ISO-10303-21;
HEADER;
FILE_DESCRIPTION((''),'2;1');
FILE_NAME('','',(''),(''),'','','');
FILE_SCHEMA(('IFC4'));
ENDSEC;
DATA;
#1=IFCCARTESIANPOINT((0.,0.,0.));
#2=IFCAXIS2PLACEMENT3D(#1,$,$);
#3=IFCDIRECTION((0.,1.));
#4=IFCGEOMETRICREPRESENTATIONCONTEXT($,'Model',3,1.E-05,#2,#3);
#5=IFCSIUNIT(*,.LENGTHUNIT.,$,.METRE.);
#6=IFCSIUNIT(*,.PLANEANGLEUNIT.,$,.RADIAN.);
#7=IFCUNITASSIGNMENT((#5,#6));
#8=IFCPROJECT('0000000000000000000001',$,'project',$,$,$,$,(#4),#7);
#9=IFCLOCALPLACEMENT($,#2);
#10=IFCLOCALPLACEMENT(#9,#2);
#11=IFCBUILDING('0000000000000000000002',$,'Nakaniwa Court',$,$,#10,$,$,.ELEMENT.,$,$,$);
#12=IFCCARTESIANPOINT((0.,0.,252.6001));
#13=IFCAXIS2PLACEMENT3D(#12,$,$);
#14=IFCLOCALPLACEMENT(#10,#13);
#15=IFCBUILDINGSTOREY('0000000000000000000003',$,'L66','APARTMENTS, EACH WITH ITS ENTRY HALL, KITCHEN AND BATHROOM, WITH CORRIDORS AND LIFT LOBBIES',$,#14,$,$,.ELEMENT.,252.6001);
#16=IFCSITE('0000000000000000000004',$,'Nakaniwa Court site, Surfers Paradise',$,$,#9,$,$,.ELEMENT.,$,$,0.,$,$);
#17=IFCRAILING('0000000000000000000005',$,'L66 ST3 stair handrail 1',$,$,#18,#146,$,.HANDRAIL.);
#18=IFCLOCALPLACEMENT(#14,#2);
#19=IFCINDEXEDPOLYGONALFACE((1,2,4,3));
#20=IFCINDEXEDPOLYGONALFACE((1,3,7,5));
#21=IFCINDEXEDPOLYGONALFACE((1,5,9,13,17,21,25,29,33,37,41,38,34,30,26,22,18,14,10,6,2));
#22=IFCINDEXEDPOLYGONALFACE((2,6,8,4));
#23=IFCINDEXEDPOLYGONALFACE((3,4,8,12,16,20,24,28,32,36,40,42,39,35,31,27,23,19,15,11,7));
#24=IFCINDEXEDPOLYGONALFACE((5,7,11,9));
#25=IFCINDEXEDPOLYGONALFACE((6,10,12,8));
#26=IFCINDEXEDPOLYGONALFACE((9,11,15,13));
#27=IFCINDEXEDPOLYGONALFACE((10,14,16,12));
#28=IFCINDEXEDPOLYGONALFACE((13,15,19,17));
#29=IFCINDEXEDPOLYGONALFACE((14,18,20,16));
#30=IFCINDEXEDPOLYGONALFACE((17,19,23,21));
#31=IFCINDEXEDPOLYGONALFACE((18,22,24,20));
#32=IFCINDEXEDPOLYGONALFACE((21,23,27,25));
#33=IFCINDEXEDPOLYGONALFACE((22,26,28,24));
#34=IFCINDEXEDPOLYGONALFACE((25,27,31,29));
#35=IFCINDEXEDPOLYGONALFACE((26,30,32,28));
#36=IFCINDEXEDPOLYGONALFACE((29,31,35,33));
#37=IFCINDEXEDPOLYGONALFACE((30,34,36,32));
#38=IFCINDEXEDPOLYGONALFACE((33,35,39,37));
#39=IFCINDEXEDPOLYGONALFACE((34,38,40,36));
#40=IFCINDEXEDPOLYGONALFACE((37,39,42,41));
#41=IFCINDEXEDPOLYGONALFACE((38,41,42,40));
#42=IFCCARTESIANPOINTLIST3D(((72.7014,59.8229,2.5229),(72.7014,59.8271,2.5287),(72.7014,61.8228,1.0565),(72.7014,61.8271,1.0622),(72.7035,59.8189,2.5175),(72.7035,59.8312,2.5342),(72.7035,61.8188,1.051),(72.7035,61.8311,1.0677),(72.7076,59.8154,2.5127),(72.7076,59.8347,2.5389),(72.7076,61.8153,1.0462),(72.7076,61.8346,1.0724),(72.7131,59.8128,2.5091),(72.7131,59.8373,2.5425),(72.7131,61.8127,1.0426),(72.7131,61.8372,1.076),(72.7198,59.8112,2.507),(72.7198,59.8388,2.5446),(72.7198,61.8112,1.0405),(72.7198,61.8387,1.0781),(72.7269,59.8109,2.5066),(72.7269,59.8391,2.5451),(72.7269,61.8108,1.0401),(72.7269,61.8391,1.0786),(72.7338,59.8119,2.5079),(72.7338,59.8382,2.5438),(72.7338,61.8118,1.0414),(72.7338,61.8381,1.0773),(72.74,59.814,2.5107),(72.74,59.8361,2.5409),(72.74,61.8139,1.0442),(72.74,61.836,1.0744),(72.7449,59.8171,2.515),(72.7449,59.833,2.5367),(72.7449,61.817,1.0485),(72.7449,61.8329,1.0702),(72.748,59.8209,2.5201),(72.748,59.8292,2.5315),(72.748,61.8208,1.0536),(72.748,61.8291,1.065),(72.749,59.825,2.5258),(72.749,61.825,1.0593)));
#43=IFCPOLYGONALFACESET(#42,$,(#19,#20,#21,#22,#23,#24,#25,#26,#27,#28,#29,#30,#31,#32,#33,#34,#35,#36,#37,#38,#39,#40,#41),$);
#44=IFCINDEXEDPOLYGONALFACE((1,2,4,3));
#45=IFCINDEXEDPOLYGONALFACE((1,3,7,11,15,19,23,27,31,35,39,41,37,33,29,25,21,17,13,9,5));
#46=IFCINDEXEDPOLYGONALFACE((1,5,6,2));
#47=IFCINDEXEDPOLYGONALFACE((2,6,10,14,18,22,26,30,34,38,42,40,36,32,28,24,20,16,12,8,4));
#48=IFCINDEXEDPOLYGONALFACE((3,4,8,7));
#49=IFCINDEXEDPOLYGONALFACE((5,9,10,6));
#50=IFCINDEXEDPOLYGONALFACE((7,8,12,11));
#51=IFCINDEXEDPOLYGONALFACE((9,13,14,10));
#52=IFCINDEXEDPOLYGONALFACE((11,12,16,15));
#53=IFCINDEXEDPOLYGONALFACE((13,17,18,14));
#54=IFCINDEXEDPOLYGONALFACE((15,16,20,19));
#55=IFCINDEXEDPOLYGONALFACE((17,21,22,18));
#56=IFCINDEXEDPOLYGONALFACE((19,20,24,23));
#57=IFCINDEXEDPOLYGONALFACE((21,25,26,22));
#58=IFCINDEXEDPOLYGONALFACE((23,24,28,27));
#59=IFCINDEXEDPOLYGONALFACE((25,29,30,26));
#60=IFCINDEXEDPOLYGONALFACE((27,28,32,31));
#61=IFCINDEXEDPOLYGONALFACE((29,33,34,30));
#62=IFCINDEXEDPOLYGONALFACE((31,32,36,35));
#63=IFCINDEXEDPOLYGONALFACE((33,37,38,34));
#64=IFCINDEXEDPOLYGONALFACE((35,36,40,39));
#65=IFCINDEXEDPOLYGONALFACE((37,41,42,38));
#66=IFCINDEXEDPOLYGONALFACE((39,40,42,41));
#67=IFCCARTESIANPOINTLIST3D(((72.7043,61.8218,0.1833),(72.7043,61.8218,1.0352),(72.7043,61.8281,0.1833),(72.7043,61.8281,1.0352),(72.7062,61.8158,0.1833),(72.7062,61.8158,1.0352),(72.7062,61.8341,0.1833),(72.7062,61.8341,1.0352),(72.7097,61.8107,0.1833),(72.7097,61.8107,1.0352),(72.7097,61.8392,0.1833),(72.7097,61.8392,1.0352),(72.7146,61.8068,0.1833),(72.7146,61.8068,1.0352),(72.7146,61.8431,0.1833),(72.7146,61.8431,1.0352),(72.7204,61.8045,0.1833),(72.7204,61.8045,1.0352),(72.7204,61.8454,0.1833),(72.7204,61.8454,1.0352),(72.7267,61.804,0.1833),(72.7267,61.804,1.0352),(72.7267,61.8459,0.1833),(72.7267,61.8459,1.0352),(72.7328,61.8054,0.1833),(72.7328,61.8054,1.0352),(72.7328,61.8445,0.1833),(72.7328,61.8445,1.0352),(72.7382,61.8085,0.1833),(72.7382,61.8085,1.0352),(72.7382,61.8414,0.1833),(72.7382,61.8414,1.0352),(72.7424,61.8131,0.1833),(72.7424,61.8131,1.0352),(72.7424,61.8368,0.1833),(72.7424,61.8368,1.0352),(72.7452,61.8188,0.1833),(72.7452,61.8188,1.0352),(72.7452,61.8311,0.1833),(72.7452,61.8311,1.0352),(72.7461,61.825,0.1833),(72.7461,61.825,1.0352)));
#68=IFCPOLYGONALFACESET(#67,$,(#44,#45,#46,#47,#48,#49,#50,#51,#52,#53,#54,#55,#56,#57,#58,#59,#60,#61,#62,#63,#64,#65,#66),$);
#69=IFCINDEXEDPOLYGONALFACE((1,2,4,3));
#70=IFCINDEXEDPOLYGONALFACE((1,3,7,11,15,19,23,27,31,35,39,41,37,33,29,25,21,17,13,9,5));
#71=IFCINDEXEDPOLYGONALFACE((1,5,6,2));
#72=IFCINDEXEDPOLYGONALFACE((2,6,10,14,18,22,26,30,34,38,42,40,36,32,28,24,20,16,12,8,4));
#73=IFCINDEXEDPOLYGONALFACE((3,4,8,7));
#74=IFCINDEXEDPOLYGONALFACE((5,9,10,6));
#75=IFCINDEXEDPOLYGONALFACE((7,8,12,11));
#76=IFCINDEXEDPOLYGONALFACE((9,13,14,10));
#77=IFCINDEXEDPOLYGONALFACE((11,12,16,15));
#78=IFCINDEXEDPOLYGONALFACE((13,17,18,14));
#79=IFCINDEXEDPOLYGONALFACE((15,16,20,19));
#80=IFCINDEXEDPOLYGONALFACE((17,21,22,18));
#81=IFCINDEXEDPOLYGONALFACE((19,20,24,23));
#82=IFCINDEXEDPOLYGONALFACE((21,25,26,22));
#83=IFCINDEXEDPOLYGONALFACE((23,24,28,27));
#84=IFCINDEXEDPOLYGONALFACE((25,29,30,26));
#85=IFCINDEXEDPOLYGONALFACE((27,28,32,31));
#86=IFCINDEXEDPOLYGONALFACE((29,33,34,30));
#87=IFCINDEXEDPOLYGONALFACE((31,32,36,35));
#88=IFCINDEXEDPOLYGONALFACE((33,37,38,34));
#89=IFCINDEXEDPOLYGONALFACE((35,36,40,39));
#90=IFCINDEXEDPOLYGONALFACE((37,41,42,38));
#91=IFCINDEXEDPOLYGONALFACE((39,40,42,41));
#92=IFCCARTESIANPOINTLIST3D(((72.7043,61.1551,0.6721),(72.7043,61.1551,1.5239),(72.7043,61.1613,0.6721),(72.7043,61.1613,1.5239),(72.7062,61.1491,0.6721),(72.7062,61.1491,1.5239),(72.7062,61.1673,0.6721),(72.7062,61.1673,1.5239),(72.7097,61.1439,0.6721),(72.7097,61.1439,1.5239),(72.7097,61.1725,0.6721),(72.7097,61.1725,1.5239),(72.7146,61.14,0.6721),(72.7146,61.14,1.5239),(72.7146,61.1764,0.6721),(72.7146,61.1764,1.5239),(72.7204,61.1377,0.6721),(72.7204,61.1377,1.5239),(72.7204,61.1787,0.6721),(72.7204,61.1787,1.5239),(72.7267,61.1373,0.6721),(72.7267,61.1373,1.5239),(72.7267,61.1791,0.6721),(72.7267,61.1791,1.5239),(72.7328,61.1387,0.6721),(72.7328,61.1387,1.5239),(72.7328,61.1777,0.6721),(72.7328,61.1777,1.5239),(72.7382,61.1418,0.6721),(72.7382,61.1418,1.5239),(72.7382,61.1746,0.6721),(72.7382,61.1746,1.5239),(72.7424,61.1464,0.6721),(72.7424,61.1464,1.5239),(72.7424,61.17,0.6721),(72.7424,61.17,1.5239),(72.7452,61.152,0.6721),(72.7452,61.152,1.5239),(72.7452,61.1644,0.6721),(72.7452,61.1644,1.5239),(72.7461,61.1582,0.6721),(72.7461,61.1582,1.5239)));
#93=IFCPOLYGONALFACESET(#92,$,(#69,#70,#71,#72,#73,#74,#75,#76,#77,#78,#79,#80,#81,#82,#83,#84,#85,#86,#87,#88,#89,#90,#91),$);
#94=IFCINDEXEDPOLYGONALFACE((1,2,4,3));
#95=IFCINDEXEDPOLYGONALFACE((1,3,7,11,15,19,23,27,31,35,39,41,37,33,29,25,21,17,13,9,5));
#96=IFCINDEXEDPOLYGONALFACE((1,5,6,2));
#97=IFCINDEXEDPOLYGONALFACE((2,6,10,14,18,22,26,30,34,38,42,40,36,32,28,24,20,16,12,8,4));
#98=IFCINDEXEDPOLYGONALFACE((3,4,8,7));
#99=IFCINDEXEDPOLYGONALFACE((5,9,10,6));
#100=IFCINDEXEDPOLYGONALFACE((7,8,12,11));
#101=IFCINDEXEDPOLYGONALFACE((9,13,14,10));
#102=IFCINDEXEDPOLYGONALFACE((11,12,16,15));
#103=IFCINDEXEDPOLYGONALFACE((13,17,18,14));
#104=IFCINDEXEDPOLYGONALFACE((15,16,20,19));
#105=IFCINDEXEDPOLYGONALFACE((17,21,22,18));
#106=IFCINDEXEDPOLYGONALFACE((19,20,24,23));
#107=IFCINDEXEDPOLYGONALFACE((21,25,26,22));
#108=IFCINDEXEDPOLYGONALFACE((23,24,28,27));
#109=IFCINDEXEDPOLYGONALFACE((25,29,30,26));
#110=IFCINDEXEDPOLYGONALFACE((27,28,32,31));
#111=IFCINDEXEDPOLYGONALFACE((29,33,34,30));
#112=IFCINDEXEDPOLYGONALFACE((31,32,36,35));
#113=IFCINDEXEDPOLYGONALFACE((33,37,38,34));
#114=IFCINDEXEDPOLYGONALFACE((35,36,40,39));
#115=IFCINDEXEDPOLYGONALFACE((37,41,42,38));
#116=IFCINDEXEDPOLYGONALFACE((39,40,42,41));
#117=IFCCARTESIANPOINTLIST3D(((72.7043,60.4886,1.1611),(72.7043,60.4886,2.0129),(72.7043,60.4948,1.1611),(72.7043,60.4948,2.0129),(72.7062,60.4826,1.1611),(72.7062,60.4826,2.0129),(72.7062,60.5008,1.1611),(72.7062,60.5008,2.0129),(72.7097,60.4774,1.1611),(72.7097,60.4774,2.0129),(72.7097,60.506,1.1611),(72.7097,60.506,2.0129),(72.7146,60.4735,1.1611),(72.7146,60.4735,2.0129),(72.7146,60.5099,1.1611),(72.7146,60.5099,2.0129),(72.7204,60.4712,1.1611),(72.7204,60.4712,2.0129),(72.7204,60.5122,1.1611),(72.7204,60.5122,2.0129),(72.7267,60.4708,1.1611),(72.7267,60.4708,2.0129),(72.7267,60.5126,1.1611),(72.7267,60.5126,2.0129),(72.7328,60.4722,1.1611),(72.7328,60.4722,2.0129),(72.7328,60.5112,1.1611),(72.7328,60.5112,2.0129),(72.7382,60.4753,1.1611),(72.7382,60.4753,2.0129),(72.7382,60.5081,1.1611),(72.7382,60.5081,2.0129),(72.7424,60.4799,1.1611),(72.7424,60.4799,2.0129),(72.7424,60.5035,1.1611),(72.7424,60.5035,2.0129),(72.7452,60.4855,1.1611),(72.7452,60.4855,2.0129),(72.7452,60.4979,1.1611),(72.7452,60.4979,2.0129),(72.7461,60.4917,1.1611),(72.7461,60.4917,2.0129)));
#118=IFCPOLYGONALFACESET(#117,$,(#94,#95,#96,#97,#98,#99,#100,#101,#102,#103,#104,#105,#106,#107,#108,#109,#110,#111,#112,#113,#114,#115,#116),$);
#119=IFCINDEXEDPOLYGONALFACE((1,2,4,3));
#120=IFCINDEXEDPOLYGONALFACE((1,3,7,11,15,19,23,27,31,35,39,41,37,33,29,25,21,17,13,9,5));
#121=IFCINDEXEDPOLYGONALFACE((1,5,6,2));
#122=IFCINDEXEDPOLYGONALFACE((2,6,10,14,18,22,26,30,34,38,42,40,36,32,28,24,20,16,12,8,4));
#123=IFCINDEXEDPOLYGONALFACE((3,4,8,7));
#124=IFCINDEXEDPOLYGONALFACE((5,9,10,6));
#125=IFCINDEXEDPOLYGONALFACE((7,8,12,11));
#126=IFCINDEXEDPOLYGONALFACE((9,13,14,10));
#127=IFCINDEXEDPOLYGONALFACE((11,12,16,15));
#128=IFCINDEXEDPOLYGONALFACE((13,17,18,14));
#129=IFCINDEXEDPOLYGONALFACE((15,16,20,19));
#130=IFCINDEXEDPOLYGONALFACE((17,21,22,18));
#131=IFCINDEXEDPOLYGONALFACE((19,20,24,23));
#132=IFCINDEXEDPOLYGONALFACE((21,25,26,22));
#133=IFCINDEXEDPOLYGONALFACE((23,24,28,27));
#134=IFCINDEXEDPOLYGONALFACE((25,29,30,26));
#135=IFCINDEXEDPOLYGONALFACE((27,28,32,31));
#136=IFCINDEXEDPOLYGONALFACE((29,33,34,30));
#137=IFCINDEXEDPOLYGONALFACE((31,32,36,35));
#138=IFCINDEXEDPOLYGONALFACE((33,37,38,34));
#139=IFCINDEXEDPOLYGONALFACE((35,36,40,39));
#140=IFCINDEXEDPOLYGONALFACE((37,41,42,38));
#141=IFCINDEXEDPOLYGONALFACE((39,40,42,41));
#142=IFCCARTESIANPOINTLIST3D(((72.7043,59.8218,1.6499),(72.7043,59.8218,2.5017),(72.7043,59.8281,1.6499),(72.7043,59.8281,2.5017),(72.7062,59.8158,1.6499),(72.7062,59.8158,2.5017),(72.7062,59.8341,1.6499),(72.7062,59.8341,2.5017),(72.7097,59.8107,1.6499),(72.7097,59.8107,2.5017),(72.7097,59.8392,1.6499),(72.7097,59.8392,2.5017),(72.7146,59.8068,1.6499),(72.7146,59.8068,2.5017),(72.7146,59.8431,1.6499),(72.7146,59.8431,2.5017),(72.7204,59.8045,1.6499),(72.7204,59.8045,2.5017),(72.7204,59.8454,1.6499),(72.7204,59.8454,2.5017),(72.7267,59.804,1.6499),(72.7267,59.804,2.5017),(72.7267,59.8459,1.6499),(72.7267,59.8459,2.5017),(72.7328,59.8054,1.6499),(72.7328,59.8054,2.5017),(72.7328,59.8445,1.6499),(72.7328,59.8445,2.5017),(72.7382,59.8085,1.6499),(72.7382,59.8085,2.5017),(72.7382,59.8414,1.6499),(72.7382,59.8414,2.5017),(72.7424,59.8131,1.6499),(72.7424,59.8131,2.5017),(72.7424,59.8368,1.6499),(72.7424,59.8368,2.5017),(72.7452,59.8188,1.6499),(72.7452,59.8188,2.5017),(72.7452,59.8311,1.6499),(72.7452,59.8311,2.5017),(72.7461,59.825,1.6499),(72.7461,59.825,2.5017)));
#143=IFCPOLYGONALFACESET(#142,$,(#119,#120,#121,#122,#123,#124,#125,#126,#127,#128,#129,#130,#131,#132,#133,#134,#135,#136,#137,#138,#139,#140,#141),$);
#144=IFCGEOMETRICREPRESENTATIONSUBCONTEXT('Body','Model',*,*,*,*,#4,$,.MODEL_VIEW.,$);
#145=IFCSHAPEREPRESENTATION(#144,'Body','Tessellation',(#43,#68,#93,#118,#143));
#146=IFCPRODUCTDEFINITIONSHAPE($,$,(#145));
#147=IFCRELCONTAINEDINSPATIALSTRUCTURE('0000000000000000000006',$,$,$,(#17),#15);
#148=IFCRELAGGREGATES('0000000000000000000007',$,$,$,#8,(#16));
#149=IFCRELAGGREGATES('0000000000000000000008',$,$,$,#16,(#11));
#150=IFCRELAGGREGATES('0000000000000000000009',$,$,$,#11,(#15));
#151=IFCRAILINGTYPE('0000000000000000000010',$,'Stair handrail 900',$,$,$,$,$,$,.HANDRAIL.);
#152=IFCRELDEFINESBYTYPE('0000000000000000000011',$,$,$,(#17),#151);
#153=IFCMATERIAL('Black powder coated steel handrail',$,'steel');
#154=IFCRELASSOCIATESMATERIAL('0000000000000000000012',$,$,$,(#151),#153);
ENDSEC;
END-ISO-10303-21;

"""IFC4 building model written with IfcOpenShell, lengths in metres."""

from ifc_helpers import new_model, si_unit, direction, frame, origin, origin_2d, place, context, subcontext, project, spatial, circle, extrude, material, type_object, element, save


model = new_model("IFC4")

# Units and contexts
model_context = context("Model", 3, precision=1e-05, world=origin(), true_north=direction((0.0, 1.0)))
body_context = subcontext(model_context, "Body", "Model", "MODEL_VIEW")
ifc_project = project(units=[si_unit("LENGTHUNIT", "METRE"), si_unit("PLANEANGLEUNIT", "RADIAN")], contexts=[model_context])

# Site, building, storey
site_placement = place(None, origin())
site = spatial("IfcSite", under=ifc_project, at=site_placement, Name="Nakaniwa Court site, Surfers Paradise", CompositionType="ELEMENT", RefElevation=0.0)
building_placement = place(site_placement, origin())
building = spatial("IfcBuilding", under=site, at=building_placement, Name="Nakaniwa Court", CompositionType="ELEMENT")
storey_placement = place(building_placement, frame((0.0, 0.0, 252.6001)))
storey = spatial("IfcBuildingStorey", under=building, at=storey_placement, Name="L66", Description="APARTMENTS, EACH WITH ITS ENTRY HALL, KITCHEN AND BATHROOM, WITH CORRIDORS AND LIFT LOBBIES", CompositionType="ELEMENT", Elevation=252.6001)

# Railing
ifc_material_1 = material(Name="Black powder coated steel handrail", Category="steel")
railing_type_1 = type_object("IfcRailingType", Name="Stair handrail 900", PredefinedType="HANDRAIL", material=ifc_material_1)
railing_1_placement = place(storey_placement, frame((72.7251, 61.825, 0.1833)))
element("IfcRailing", 1, at=railing_1_placement, inside=storey, type_object=railing_type_1, Name="L66 ST3 stair handrail 1", PredefinedType="HANDRAIL", context=body_context, shape_type="SweptSolid", body=[
    extrude(circle(Radius=0.0239, at=origin_2d()), frame((0.0, 0.0, 0.876), z_axis=(0.0, -0.806427, 0.591334), x_axis=(1.0, 0.0, 0.0)), (0.0, 0.0, 1.0), 2.48),
    extrude(circle(Radius=0.021, at=origin_2d()), origin(), (0.0, 0.0, 1.0), 0.8518),
    extrude(circle(Radius=0.021, at=origin_2d()), frame((0.0, -0.6667, 0.4888)), (0.0, 0.0, 1.0), 0.8518),
    extrude(circle(Radius=0.021, at=origin_2d()), frame((0.0, -1.3333, 0.9778)), (0.0, 0.0, 1.0), 0.8518),
    extrude(circle(Radius=0.021, at=origin_2d()), frame((0.0, -2.0, 1.4666)), (0.0, 0.0, 1.0), 0.8518),
])

save(model, "model.ifc")
